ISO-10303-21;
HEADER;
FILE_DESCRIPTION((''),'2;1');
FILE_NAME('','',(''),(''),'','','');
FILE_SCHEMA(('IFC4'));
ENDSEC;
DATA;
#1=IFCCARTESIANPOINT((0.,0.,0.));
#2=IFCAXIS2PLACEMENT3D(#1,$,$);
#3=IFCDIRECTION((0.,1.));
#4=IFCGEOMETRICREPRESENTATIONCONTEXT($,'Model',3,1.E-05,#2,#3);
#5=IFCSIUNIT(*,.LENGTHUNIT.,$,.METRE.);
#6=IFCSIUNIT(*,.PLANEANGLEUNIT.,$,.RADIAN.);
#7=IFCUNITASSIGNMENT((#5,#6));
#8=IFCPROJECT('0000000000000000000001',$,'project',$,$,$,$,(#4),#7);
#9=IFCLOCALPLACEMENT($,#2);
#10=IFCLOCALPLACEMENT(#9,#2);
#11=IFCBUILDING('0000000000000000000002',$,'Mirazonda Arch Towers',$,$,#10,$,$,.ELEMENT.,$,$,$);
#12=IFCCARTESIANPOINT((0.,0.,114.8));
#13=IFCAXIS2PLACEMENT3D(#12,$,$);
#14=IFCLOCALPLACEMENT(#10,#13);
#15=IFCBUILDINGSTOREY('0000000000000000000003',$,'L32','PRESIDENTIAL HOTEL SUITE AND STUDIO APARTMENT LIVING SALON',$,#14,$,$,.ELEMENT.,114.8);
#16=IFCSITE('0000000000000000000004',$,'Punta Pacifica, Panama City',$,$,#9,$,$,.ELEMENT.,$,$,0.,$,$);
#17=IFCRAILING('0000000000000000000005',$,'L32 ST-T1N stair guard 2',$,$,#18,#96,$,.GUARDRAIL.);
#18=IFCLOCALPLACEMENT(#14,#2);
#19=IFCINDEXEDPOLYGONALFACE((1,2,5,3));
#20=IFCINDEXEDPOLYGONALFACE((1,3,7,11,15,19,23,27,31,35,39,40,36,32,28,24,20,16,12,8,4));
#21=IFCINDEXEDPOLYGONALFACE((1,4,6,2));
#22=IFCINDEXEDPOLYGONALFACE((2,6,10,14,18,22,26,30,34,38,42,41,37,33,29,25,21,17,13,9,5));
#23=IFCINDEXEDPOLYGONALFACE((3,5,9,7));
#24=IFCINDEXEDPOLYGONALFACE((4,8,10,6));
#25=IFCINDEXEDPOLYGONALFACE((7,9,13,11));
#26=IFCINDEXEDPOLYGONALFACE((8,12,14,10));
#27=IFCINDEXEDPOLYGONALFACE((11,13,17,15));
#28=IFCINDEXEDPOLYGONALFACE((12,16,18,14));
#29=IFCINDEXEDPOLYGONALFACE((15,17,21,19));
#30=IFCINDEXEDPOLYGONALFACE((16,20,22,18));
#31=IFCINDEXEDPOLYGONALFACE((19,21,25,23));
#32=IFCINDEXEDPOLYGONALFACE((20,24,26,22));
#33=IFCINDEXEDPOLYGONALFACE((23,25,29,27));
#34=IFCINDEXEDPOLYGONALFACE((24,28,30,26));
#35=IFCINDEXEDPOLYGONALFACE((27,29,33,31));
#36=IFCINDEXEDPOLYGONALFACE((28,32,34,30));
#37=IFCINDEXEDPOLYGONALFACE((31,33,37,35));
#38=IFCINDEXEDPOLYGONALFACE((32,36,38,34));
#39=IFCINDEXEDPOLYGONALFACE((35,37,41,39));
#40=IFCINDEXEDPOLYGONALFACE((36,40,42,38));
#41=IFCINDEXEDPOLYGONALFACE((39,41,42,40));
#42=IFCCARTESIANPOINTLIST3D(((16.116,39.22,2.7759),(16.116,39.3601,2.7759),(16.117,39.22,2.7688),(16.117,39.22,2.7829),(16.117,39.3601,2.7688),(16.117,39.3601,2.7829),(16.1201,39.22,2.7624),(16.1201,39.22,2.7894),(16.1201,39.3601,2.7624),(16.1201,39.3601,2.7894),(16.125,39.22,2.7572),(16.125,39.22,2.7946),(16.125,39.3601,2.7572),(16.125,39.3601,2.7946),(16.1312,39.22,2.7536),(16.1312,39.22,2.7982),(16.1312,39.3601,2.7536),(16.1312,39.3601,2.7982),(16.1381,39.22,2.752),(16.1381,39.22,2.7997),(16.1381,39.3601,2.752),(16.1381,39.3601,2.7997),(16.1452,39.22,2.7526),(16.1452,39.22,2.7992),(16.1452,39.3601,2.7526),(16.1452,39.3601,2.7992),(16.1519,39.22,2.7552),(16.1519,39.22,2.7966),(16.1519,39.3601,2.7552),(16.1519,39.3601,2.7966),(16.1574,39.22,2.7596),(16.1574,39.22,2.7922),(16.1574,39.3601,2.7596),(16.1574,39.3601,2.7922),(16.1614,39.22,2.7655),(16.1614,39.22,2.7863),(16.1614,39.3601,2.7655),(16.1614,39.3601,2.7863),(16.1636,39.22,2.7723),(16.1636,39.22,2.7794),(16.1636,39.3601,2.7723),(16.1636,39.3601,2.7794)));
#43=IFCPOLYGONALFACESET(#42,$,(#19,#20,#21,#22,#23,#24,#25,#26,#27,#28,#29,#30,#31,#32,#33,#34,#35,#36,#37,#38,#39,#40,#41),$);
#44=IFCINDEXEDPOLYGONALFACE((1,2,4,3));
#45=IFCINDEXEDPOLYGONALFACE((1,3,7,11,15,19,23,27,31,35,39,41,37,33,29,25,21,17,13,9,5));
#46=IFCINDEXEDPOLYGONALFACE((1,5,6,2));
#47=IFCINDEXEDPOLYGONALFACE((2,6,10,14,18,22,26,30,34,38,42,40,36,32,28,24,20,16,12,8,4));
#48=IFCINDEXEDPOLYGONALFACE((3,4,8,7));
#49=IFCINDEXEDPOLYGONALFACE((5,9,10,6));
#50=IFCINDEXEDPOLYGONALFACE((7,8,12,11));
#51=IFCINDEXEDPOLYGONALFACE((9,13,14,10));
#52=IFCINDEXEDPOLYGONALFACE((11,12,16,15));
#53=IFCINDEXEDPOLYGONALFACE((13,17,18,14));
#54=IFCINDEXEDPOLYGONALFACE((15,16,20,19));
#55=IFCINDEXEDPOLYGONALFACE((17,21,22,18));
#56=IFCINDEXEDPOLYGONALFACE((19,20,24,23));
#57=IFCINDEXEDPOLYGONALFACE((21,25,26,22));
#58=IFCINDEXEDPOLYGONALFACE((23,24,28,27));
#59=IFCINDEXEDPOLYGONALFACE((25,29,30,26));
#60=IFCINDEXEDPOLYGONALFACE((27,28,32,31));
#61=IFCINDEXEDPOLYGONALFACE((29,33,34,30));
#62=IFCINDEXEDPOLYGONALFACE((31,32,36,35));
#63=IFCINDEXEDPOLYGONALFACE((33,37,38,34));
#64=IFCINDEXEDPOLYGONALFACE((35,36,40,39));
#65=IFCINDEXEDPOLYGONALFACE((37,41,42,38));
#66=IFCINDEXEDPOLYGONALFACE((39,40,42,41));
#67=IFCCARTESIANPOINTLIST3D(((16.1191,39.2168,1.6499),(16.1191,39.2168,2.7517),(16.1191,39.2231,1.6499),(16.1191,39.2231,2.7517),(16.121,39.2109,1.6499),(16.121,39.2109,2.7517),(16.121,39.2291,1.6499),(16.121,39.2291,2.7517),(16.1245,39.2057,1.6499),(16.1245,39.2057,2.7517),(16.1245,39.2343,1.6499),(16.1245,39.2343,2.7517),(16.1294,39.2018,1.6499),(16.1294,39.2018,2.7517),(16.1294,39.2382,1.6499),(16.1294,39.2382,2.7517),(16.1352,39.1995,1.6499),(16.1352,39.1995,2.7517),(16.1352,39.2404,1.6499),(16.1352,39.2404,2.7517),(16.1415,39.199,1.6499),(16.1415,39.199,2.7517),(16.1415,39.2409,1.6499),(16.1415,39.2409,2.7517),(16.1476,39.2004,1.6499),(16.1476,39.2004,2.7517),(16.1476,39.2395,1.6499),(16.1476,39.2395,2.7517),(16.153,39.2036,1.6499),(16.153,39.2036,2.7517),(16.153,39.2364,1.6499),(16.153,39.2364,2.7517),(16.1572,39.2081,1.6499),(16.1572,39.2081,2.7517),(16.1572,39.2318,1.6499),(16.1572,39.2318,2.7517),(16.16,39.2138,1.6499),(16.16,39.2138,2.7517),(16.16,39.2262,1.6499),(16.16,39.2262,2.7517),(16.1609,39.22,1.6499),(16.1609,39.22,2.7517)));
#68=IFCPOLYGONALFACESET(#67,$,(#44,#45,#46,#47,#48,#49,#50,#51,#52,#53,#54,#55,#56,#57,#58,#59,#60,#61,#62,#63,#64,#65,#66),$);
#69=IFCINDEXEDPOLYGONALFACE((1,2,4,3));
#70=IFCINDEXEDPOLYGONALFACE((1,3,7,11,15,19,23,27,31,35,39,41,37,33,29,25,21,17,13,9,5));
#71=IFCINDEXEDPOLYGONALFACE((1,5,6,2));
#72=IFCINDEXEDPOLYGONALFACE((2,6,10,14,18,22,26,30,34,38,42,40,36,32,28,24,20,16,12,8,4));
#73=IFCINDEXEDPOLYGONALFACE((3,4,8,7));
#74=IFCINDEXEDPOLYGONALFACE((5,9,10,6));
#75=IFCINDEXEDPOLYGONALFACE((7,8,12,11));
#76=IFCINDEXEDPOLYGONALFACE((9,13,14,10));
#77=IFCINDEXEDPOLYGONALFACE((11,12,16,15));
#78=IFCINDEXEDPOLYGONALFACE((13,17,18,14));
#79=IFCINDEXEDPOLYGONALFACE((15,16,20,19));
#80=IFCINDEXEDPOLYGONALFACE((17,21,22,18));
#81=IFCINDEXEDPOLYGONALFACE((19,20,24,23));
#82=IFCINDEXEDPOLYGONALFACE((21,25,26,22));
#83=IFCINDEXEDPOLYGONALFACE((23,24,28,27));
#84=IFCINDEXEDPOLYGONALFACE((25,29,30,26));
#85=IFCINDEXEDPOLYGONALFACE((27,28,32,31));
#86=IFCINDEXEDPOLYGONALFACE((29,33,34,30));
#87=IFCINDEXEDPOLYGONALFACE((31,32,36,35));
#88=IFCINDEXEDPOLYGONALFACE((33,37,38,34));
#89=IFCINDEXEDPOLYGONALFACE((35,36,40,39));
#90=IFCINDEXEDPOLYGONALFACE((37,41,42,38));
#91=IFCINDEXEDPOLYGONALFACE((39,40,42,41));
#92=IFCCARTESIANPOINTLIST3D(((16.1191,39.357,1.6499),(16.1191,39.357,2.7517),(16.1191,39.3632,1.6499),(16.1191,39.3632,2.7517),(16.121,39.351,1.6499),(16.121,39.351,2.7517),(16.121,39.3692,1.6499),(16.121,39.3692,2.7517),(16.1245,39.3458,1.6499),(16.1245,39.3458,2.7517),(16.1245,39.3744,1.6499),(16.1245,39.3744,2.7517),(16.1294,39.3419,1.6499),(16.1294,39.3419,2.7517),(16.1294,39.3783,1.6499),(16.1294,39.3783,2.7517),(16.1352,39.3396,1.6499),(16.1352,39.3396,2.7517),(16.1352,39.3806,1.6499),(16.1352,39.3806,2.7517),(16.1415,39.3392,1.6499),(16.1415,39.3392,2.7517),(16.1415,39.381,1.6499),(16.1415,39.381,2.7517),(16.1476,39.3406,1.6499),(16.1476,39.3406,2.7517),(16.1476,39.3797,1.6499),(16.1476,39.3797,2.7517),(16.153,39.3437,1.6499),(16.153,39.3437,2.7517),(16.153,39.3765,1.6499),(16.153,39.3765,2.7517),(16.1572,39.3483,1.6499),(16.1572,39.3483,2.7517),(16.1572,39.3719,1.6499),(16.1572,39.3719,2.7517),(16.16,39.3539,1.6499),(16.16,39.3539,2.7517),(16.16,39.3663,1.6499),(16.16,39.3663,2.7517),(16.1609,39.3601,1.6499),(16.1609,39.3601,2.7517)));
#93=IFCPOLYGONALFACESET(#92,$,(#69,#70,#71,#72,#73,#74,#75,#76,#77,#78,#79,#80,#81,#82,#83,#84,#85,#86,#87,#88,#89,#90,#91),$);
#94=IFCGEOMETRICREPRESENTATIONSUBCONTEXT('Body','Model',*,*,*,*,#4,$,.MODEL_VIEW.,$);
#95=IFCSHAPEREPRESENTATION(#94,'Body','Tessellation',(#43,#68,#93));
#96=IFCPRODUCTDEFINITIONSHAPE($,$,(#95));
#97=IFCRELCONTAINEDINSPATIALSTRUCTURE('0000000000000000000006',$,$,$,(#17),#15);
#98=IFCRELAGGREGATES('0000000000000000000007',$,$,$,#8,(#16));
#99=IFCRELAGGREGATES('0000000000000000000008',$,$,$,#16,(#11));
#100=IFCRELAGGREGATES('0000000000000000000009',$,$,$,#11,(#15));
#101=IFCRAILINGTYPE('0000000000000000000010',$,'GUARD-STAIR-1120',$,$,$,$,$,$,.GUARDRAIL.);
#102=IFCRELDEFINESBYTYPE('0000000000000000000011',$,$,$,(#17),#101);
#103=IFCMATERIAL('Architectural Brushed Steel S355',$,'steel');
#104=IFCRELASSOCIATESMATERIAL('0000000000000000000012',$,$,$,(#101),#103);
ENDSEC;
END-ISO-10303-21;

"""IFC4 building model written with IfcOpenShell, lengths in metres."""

from ifc_helpers import new_model, si_unit, direction, frame, origin, origin_2d, place, context, subcontext, project, spatial, circle, extrude, material, type_object, element, save


model = new_model("IFC4")

# Units and contexts
model_context = context("Model", 3, precision=1e-05, world=origin(), true_north=direction((0.0, 1.0)))
body_context = subcontext(model_context, "Body", "Model", "MODEL_VIEW")
ifc_project = project(units=[si_unit("LENGTHUNIT", "METRE"), si_unit("PLANEANGLEUNIT", "RADIAN")], contexts=[model_context])

# Site, building, storey
site_placement = place(None, origin())
site = spatial("IfcSite", under=ifc_project, at=site_placement, Name="Punta Pacifica, Panama City", CompositionType="ELEMENT", RefElevation=0.0)
building_placement = place(site_placement, origin())
building = spatial("IfcBuilding", under=site, at=building_placement, Name="Mirazonda Arch Towers", CompositionType="ELEMENT")
storey_placement = place(building_placement, frame((0.0, 0.0, 114.8)))
storey = spatial("IfcBuildingStorey", under=building, at=storey_placement, Name="L32", Description="PRESIDENTIAL HOTEL SUITE AND STUDIO APARTMENT LIVING SALON", CompositionType="ELEMENT", Elevation=114.8)

# Shared definitions
ifc_material_1 = material(Name="Architectural Brushed Steel S355", Category="steel")

# Railing
railing_type_1 = type_object("IfcRailingType", Name="GUARD-STAIR-1120", PredefinedType="GUARDRAIL", material=ifc_material_1)
railing_1_placement = place(storey_placement, frame((16.1399, 39.22, 1.6499)))
element("IfcRailing", 1, at=railing_1_placement, inside=storey, type_object=railing_type_1, Name="L32 ST-T1N stair guard 2", PredefinedType="GUARDRAIL", context=body_context, shape_type="SweptSolid", body=[
    extrude(circle(Radius=0.0239, at=origin_2d()), frame((0.0, 0.0, 1.126), z_axis=(0.0, 1.0, 0.0), x_axis=(-1.0, 0.0, 0.0)), (0.0, 0.0, 1.0), 0.1401),
    extrude(circle(Radius=0.021, at=origin_2d()), origin(), (0.0, 0.0, 1.0), 1.1018),
    extrude(circle(Radius=0.021, at=origin_2d()), frame((0.0, 0.1401, 0.0)), (0.0, 0.0, 1.0), 1.1018),
])

save(model, "model.ifc")
